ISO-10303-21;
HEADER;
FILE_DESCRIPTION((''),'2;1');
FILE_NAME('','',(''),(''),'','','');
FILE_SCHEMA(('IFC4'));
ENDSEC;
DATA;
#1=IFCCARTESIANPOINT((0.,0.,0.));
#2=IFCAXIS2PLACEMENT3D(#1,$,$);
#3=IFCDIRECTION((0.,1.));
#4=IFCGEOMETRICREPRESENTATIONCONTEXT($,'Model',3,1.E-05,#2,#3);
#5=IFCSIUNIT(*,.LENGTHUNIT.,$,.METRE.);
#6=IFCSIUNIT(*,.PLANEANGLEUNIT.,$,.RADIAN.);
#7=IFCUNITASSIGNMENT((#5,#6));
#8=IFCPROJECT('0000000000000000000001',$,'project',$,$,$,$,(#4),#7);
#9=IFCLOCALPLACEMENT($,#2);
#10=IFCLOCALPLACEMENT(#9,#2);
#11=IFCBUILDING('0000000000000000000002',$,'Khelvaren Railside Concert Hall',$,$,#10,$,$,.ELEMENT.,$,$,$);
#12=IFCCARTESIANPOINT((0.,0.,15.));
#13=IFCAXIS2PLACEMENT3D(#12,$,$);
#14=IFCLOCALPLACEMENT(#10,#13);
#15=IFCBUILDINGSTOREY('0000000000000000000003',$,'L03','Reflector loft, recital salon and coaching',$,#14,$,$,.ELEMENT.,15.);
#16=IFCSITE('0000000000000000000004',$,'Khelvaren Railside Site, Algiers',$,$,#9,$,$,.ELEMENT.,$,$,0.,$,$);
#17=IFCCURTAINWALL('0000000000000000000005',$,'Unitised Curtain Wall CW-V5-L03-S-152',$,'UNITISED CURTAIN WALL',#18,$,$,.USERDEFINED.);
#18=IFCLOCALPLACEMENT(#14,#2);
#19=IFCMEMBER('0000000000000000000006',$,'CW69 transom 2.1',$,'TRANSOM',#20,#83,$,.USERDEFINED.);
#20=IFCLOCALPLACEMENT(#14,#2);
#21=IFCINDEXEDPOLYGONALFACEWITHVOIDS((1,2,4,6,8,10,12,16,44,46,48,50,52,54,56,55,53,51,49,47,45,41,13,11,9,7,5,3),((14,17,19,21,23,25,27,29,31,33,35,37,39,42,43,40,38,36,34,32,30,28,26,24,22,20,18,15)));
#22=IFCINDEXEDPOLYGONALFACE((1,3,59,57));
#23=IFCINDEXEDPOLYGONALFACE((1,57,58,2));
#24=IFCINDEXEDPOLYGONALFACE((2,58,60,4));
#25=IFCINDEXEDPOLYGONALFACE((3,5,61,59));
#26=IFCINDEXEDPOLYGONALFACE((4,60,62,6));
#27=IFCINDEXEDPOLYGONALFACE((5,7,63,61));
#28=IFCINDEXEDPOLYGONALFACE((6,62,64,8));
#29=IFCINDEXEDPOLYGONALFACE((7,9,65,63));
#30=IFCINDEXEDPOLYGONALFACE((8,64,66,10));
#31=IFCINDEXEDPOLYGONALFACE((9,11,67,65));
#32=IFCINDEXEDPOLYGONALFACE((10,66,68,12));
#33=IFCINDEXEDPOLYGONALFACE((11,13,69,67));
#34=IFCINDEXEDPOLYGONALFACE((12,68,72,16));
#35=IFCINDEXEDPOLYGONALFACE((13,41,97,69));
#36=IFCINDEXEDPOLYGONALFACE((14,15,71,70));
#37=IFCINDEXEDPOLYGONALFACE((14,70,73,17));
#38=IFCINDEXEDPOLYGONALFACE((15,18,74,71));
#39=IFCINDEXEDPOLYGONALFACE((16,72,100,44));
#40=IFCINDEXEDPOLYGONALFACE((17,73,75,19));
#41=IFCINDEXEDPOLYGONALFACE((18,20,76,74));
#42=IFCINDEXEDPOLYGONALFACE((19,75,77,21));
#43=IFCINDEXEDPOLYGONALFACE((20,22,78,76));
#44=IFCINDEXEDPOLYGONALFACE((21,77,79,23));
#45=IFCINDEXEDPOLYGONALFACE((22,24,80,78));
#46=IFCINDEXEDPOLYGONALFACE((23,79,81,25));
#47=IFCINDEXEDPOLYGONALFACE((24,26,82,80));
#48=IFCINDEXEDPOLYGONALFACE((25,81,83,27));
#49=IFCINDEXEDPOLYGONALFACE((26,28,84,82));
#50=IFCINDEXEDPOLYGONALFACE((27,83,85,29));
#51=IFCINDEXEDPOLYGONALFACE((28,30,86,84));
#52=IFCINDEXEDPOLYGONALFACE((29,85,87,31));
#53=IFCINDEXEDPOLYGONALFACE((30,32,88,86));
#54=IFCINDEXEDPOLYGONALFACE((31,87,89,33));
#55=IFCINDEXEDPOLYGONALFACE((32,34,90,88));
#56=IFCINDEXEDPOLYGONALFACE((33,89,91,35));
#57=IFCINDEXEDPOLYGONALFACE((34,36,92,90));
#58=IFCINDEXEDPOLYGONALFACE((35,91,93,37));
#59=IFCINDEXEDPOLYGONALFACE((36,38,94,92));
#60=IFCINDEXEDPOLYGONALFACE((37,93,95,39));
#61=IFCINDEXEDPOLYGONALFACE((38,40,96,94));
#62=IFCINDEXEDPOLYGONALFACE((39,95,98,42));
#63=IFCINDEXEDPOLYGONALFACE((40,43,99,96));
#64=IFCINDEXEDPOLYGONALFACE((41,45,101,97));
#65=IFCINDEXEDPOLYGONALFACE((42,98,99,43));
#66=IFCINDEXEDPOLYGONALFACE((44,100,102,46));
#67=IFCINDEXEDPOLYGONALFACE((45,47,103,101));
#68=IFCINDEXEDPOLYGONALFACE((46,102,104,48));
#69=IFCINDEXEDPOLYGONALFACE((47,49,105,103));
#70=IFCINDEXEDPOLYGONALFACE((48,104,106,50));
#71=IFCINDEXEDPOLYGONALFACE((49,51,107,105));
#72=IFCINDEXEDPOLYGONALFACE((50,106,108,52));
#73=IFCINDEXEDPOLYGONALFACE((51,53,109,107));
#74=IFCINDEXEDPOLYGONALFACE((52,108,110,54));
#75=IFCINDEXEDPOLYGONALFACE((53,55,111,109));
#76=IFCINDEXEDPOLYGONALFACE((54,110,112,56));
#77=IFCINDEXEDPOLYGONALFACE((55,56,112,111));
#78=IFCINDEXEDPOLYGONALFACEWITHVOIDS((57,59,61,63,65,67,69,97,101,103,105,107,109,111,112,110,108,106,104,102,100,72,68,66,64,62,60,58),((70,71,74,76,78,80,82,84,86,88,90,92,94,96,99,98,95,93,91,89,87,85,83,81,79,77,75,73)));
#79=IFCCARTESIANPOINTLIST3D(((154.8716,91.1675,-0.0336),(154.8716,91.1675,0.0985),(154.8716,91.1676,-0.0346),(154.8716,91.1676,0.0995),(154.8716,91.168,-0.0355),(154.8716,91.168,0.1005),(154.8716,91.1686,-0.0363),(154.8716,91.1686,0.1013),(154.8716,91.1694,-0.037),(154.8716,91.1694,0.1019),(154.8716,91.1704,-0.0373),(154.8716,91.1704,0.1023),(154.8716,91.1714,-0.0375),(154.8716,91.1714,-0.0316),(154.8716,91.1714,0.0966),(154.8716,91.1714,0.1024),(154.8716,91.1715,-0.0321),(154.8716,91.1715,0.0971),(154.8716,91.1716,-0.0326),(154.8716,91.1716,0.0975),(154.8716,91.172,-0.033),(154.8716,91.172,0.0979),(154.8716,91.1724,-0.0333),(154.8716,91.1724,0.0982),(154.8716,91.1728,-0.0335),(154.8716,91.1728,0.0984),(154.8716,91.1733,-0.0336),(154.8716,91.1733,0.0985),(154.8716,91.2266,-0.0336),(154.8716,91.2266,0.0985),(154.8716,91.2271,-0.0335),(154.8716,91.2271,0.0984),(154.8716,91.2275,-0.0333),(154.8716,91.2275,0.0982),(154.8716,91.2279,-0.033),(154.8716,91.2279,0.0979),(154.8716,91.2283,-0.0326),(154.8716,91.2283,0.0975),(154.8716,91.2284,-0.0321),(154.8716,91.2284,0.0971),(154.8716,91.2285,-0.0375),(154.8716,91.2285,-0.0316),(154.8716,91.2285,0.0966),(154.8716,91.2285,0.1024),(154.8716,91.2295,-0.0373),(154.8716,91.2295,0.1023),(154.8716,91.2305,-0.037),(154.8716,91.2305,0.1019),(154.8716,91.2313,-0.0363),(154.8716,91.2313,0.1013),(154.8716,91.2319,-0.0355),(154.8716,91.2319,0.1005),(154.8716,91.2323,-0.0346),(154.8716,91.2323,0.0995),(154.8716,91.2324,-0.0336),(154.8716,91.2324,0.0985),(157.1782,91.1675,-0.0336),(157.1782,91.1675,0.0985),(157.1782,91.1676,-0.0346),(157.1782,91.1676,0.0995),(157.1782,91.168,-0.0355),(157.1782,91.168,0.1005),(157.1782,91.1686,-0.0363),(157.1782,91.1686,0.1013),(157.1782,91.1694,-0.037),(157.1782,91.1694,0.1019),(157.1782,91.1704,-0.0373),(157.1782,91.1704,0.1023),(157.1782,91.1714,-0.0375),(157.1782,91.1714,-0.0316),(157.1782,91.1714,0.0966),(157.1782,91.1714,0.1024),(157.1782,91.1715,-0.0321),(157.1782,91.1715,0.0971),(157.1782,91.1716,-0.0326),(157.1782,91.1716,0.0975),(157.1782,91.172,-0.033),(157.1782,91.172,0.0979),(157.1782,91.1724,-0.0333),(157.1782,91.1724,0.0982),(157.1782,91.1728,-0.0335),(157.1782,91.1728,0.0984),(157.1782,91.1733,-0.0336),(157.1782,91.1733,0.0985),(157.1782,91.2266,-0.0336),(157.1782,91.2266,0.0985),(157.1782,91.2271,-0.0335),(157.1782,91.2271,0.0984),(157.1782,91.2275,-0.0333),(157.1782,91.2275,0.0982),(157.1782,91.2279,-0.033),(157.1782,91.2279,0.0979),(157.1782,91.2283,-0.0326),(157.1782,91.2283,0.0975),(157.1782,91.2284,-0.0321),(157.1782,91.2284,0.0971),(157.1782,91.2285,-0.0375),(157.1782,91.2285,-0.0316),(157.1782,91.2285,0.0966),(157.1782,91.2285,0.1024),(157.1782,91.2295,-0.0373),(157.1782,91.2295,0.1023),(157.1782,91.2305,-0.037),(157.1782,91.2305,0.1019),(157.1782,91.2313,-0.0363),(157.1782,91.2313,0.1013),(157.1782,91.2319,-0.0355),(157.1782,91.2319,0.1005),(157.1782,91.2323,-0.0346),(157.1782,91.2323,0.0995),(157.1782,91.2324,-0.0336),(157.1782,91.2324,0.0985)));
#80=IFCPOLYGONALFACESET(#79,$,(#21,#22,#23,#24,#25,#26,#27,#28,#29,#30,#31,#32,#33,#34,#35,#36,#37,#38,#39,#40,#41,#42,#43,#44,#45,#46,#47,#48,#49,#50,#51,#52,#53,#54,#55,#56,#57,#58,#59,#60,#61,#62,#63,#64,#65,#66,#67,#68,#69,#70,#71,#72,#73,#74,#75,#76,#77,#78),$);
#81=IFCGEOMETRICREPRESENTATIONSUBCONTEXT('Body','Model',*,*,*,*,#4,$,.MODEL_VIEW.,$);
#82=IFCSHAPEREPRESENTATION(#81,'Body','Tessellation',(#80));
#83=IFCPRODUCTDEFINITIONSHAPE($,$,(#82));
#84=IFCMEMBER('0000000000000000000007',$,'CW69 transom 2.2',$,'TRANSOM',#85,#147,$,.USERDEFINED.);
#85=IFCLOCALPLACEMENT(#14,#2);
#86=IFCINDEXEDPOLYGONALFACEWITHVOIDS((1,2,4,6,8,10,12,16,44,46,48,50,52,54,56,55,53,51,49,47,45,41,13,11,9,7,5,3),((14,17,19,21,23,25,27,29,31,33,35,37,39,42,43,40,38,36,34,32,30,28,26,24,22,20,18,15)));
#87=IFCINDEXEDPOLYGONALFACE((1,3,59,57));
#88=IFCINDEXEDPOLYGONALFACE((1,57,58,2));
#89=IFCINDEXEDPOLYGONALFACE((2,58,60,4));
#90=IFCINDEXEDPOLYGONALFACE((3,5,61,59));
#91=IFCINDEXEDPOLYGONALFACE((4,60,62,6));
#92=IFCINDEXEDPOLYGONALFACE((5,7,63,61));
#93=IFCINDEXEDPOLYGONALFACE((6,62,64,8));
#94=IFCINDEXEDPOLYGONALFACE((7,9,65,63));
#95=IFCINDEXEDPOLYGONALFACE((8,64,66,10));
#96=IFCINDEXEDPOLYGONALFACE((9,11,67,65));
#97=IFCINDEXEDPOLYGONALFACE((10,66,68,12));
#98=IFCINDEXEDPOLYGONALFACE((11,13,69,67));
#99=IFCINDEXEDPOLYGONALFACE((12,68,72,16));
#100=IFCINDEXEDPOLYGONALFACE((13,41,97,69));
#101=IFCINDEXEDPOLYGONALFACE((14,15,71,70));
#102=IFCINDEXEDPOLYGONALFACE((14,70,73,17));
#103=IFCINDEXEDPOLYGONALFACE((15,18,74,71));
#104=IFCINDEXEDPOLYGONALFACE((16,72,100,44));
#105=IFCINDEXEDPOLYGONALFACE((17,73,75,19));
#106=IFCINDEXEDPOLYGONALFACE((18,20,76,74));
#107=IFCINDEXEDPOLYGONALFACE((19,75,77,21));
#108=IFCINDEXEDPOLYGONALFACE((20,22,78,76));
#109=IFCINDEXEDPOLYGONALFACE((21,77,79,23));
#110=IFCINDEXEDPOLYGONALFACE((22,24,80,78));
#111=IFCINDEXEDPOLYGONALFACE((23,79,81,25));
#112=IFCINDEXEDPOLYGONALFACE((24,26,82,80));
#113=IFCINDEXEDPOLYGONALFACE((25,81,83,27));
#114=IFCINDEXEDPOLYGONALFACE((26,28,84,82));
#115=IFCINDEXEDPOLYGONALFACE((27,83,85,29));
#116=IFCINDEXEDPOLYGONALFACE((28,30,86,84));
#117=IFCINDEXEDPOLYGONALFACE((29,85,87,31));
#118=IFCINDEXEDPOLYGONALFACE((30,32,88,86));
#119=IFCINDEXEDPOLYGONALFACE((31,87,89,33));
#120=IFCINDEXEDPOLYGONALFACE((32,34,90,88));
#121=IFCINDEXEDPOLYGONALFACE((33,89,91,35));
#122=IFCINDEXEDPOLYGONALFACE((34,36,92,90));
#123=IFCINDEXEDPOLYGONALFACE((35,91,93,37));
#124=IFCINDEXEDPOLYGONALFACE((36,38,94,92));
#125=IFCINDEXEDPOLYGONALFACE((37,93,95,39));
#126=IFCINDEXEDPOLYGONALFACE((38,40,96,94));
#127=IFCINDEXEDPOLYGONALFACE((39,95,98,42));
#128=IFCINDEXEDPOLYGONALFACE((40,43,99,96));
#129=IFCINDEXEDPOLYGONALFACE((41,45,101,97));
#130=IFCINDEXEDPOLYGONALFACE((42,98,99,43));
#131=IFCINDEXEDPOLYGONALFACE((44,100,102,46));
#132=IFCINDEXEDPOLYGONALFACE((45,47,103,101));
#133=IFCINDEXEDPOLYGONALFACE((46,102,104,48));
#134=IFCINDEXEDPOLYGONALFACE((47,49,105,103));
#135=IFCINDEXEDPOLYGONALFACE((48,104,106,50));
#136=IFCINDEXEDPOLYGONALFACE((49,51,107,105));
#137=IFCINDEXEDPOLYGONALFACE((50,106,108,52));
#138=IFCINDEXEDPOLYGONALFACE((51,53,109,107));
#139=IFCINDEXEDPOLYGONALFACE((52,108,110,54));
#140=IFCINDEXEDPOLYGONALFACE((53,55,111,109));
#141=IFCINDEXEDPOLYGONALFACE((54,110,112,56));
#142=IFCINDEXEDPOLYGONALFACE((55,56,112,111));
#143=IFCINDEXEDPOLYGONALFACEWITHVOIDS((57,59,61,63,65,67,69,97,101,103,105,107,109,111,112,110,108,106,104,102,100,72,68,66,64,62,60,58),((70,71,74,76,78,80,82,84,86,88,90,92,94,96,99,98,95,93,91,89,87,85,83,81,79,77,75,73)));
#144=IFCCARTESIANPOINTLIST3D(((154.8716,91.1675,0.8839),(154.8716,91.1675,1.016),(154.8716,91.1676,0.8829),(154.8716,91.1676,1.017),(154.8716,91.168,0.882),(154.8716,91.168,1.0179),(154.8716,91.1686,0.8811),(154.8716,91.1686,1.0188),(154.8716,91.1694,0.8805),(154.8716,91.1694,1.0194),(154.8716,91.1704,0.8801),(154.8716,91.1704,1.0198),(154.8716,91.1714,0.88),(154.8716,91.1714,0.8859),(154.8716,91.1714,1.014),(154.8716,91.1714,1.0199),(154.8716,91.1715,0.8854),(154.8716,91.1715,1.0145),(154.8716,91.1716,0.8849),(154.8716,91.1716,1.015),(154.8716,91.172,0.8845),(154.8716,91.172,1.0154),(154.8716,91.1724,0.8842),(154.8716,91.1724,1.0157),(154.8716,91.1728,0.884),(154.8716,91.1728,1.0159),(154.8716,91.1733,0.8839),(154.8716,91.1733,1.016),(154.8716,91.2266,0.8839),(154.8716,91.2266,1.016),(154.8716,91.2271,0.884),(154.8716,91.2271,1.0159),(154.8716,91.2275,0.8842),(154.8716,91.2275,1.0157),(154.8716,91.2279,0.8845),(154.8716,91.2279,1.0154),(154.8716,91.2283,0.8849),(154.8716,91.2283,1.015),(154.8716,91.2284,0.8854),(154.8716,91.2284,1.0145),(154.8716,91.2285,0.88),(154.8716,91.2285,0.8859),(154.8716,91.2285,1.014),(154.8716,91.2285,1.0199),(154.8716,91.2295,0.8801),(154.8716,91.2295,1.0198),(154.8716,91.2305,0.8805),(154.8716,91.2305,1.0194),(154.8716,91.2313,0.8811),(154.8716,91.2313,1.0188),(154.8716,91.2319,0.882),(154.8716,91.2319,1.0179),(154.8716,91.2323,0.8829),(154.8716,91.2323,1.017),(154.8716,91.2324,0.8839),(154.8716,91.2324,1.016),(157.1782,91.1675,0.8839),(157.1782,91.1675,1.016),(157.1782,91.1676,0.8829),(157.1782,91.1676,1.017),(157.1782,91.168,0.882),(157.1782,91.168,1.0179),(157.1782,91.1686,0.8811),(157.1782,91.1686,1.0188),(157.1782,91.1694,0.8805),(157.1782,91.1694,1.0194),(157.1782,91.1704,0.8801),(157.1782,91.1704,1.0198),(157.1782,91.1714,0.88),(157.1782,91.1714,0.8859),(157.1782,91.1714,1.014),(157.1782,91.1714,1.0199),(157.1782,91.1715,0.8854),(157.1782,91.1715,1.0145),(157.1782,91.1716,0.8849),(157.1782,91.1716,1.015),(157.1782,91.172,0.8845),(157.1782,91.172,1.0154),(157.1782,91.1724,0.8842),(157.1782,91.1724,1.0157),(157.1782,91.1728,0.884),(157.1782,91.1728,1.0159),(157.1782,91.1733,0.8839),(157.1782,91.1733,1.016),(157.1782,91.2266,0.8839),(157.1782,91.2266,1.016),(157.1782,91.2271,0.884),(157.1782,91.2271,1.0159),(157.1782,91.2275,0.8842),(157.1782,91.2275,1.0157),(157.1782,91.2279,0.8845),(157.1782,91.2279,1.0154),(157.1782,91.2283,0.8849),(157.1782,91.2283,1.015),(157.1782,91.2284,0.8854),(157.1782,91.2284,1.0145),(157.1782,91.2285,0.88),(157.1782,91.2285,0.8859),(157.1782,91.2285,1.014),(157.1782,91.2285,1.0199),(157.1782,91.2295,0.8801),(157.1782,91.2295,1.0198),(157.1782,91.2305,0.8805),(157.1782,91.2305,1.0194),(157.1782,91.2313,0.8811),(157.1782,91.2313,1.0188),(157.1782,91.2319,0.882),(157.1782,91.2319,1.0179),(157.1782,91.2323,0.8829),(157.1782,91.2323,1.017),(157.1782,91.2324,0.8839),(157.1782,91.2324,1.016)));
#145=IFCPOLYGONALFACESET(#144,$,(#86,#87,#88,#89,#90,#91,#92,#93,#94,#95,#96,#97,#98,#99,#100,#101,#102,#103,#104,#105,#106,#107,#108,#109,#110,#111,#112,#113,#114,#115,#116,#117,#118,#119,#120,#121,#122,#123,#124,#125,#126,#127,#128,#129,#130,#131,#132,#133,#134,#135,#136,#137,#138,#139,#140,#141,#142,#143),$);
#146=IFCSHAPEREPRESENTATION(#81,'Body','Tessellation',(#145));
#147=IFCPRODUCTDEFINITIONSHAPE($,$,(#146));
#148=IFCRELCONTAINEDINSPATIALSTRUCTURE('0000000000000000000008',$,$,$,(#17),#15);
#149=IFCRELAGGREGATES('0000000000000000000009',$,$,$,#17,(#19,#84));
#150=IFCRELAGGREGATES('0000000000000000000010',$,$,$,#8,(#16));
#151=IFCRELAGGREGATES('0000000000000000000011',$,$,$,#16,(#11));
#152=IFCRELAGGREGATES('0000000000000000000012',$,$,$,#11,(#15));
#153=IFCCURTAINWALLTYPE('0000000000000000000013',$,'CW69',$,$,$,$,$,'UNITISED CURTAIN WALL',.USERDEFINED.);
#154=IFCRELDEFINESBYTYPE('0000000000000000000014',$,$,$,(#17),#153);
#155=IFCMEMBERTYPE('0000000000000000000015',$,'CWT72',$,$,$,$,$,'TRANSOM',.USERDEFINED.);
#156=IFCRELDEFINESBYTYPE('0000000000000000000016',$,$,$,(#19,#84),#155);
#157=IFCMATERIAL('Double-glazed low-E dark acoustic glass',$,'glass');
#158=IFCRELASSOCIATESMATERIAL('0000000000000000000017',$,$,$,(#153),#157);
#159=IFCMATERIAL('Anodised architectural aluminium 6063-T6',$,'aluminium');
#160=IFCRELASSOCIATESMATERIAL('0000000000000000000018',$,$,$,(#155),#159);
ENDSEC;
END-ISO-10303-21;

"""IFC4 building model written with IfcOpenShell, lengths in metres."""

from ifc_helpers import new_model, si_unit, direction, frame, origin, origin_2d, place, context, subcontext, project, spatial, hollow_rectangle, extrude, material, material_profile, profile_set, type_object, element, aggregate, save


model = new_model("IFC4")

# Units and contexts
model_context = context("Model", 3, precision=1e-05, world=origin(), true_north=direction((0.0, 1.0)))
body_context = subcontext(model_context, "Body", "Model", "MODEL_VIEW")
ifc_project = project(units=[si_unit("LENGTHUNIT", "METRE"), si_unit("PLANEANGLEUNIT", "RADIAN")], contexts=[model_context])

# Site, building, storey
site_placement = place(None, origin())
site = spatial("IfcSite", under=ifc_project, at=site_placement, Name="Khelvaren Railside Site, Algiers", CompositionType="ELEMENT", RefElevation=0.0)
building_placement = place(site_placement, origin())
building = spatial("IfcBuilding", under=site, at=building_placement, Name="Khelvaren Railside Concert Hall", CompositionType="ELEMENT")
storey_placement = place(building_placement, frame((0.0, 0.0, 15.0)))
storey = spatial("IfcBuildingStorey", under=building, at=storey_placement, Name="L03", Description="Reflector loft, recital salon and coaching", CompositionType="ELEMENT", Elevation=15.0)

# Shared definitions
ifc_material_1 = material(Name="Double-glazed low-E dark acoustic glass", Category="glass")
ifc_material_2 = material(Name="Anodised architectural aluminium 6063-T6", Category="aluminium")

# Curtain wall
curtain_wall_type_1 = type_object("IfcCurtainWallType", Name="CW69", ElementType="UNITISED CURTAIN WALL", PredefinedType="USERDEFINED", material=ifc_material_1)
curtain_wall_1_placement = place(storey_placement, origin())
curtain_wall_1 = element("IfcCurtainWall", 1, at=curtain_wall_1_placement, inside=storey, type_object=curtain_wall_type_1, Name="Unitised Curtain Wall CW-V5-L03-S-152", ObjectType="UNITISED CURTAIN WALL", PredefinedType="USERDEFINED")

# Members
ifc_material_profile_1 = material_profile(ifc_material_2, hollow_rectangle(XDim=0.0649, YDim=0.1399, WallThickness=0.0039, InnerFilletRadius=0.002, OuterFilletRadius=0.0039, at=origin_2d()), Name="CWT 65x140x4")
ifc_profile_set_1 = profile_set([ifc_material_profile_1], Name="Anodised architectural aluminium 6063-T6")
member_type_1 = type_object("IfcMemberType", Name="CWT72", ElementType="TRANSOM", PredefinedType="USERDEFINED", material=ifc_profile_set_1)
member_1_placement = place(storey_placement, frame((157.1782, 91.2, 0.0325), z_axis=(-1.0, 0.0, 0.0), x_axis=(0.0, -1.0, 0.0)))
member_1 = element("IfcMember", 2, at=member_1_placement, type_object=member_type_1, Name="CW69 transom 2.1", ObjectType="TRANSOM", PredefinedType="USERDEFINED", context=body_context, shape_type="SweptSolid", body=[
    extrude(hollow_rectangle(XDim=0.0649, YDim=0.1399, WallThickness=0.0039, InnerFilletRadius=0.002, OuterFilletRadius=0.0039, at=origin_2d()), origin(), (0.0, 0.0, 1.0), 2.3066),
])
member_2_placement = place(storey_placement, frame((157.1782, 91.2, 0.95), z_axis=(-1.0, 0.0, 0.0), x_axis=(0.0, -1.0, 0.0)))
member_2 = element("IfcMember", 3, at=member_2_placement, type_object=member_type_1, Name="CW69 transom 2.2", ObjectType="TRANSOM", PredefinedType="USERDEFINED", context=body_context, shape_type="SweptSolid", body=[
    extrude(hollow_rectangle(XDim=0.0649, YDim=0.1399, WallThickness=0.0039, InnerFilletRadius=0.002, OuterFilletRadius=0.0039, at=origin_2d()), origin(), (0.0, 0.0, 1.0), 2.3066),
])

aggregate(curtain_wall_1, [member_1, member_2])

save(model, "model.ifc")
